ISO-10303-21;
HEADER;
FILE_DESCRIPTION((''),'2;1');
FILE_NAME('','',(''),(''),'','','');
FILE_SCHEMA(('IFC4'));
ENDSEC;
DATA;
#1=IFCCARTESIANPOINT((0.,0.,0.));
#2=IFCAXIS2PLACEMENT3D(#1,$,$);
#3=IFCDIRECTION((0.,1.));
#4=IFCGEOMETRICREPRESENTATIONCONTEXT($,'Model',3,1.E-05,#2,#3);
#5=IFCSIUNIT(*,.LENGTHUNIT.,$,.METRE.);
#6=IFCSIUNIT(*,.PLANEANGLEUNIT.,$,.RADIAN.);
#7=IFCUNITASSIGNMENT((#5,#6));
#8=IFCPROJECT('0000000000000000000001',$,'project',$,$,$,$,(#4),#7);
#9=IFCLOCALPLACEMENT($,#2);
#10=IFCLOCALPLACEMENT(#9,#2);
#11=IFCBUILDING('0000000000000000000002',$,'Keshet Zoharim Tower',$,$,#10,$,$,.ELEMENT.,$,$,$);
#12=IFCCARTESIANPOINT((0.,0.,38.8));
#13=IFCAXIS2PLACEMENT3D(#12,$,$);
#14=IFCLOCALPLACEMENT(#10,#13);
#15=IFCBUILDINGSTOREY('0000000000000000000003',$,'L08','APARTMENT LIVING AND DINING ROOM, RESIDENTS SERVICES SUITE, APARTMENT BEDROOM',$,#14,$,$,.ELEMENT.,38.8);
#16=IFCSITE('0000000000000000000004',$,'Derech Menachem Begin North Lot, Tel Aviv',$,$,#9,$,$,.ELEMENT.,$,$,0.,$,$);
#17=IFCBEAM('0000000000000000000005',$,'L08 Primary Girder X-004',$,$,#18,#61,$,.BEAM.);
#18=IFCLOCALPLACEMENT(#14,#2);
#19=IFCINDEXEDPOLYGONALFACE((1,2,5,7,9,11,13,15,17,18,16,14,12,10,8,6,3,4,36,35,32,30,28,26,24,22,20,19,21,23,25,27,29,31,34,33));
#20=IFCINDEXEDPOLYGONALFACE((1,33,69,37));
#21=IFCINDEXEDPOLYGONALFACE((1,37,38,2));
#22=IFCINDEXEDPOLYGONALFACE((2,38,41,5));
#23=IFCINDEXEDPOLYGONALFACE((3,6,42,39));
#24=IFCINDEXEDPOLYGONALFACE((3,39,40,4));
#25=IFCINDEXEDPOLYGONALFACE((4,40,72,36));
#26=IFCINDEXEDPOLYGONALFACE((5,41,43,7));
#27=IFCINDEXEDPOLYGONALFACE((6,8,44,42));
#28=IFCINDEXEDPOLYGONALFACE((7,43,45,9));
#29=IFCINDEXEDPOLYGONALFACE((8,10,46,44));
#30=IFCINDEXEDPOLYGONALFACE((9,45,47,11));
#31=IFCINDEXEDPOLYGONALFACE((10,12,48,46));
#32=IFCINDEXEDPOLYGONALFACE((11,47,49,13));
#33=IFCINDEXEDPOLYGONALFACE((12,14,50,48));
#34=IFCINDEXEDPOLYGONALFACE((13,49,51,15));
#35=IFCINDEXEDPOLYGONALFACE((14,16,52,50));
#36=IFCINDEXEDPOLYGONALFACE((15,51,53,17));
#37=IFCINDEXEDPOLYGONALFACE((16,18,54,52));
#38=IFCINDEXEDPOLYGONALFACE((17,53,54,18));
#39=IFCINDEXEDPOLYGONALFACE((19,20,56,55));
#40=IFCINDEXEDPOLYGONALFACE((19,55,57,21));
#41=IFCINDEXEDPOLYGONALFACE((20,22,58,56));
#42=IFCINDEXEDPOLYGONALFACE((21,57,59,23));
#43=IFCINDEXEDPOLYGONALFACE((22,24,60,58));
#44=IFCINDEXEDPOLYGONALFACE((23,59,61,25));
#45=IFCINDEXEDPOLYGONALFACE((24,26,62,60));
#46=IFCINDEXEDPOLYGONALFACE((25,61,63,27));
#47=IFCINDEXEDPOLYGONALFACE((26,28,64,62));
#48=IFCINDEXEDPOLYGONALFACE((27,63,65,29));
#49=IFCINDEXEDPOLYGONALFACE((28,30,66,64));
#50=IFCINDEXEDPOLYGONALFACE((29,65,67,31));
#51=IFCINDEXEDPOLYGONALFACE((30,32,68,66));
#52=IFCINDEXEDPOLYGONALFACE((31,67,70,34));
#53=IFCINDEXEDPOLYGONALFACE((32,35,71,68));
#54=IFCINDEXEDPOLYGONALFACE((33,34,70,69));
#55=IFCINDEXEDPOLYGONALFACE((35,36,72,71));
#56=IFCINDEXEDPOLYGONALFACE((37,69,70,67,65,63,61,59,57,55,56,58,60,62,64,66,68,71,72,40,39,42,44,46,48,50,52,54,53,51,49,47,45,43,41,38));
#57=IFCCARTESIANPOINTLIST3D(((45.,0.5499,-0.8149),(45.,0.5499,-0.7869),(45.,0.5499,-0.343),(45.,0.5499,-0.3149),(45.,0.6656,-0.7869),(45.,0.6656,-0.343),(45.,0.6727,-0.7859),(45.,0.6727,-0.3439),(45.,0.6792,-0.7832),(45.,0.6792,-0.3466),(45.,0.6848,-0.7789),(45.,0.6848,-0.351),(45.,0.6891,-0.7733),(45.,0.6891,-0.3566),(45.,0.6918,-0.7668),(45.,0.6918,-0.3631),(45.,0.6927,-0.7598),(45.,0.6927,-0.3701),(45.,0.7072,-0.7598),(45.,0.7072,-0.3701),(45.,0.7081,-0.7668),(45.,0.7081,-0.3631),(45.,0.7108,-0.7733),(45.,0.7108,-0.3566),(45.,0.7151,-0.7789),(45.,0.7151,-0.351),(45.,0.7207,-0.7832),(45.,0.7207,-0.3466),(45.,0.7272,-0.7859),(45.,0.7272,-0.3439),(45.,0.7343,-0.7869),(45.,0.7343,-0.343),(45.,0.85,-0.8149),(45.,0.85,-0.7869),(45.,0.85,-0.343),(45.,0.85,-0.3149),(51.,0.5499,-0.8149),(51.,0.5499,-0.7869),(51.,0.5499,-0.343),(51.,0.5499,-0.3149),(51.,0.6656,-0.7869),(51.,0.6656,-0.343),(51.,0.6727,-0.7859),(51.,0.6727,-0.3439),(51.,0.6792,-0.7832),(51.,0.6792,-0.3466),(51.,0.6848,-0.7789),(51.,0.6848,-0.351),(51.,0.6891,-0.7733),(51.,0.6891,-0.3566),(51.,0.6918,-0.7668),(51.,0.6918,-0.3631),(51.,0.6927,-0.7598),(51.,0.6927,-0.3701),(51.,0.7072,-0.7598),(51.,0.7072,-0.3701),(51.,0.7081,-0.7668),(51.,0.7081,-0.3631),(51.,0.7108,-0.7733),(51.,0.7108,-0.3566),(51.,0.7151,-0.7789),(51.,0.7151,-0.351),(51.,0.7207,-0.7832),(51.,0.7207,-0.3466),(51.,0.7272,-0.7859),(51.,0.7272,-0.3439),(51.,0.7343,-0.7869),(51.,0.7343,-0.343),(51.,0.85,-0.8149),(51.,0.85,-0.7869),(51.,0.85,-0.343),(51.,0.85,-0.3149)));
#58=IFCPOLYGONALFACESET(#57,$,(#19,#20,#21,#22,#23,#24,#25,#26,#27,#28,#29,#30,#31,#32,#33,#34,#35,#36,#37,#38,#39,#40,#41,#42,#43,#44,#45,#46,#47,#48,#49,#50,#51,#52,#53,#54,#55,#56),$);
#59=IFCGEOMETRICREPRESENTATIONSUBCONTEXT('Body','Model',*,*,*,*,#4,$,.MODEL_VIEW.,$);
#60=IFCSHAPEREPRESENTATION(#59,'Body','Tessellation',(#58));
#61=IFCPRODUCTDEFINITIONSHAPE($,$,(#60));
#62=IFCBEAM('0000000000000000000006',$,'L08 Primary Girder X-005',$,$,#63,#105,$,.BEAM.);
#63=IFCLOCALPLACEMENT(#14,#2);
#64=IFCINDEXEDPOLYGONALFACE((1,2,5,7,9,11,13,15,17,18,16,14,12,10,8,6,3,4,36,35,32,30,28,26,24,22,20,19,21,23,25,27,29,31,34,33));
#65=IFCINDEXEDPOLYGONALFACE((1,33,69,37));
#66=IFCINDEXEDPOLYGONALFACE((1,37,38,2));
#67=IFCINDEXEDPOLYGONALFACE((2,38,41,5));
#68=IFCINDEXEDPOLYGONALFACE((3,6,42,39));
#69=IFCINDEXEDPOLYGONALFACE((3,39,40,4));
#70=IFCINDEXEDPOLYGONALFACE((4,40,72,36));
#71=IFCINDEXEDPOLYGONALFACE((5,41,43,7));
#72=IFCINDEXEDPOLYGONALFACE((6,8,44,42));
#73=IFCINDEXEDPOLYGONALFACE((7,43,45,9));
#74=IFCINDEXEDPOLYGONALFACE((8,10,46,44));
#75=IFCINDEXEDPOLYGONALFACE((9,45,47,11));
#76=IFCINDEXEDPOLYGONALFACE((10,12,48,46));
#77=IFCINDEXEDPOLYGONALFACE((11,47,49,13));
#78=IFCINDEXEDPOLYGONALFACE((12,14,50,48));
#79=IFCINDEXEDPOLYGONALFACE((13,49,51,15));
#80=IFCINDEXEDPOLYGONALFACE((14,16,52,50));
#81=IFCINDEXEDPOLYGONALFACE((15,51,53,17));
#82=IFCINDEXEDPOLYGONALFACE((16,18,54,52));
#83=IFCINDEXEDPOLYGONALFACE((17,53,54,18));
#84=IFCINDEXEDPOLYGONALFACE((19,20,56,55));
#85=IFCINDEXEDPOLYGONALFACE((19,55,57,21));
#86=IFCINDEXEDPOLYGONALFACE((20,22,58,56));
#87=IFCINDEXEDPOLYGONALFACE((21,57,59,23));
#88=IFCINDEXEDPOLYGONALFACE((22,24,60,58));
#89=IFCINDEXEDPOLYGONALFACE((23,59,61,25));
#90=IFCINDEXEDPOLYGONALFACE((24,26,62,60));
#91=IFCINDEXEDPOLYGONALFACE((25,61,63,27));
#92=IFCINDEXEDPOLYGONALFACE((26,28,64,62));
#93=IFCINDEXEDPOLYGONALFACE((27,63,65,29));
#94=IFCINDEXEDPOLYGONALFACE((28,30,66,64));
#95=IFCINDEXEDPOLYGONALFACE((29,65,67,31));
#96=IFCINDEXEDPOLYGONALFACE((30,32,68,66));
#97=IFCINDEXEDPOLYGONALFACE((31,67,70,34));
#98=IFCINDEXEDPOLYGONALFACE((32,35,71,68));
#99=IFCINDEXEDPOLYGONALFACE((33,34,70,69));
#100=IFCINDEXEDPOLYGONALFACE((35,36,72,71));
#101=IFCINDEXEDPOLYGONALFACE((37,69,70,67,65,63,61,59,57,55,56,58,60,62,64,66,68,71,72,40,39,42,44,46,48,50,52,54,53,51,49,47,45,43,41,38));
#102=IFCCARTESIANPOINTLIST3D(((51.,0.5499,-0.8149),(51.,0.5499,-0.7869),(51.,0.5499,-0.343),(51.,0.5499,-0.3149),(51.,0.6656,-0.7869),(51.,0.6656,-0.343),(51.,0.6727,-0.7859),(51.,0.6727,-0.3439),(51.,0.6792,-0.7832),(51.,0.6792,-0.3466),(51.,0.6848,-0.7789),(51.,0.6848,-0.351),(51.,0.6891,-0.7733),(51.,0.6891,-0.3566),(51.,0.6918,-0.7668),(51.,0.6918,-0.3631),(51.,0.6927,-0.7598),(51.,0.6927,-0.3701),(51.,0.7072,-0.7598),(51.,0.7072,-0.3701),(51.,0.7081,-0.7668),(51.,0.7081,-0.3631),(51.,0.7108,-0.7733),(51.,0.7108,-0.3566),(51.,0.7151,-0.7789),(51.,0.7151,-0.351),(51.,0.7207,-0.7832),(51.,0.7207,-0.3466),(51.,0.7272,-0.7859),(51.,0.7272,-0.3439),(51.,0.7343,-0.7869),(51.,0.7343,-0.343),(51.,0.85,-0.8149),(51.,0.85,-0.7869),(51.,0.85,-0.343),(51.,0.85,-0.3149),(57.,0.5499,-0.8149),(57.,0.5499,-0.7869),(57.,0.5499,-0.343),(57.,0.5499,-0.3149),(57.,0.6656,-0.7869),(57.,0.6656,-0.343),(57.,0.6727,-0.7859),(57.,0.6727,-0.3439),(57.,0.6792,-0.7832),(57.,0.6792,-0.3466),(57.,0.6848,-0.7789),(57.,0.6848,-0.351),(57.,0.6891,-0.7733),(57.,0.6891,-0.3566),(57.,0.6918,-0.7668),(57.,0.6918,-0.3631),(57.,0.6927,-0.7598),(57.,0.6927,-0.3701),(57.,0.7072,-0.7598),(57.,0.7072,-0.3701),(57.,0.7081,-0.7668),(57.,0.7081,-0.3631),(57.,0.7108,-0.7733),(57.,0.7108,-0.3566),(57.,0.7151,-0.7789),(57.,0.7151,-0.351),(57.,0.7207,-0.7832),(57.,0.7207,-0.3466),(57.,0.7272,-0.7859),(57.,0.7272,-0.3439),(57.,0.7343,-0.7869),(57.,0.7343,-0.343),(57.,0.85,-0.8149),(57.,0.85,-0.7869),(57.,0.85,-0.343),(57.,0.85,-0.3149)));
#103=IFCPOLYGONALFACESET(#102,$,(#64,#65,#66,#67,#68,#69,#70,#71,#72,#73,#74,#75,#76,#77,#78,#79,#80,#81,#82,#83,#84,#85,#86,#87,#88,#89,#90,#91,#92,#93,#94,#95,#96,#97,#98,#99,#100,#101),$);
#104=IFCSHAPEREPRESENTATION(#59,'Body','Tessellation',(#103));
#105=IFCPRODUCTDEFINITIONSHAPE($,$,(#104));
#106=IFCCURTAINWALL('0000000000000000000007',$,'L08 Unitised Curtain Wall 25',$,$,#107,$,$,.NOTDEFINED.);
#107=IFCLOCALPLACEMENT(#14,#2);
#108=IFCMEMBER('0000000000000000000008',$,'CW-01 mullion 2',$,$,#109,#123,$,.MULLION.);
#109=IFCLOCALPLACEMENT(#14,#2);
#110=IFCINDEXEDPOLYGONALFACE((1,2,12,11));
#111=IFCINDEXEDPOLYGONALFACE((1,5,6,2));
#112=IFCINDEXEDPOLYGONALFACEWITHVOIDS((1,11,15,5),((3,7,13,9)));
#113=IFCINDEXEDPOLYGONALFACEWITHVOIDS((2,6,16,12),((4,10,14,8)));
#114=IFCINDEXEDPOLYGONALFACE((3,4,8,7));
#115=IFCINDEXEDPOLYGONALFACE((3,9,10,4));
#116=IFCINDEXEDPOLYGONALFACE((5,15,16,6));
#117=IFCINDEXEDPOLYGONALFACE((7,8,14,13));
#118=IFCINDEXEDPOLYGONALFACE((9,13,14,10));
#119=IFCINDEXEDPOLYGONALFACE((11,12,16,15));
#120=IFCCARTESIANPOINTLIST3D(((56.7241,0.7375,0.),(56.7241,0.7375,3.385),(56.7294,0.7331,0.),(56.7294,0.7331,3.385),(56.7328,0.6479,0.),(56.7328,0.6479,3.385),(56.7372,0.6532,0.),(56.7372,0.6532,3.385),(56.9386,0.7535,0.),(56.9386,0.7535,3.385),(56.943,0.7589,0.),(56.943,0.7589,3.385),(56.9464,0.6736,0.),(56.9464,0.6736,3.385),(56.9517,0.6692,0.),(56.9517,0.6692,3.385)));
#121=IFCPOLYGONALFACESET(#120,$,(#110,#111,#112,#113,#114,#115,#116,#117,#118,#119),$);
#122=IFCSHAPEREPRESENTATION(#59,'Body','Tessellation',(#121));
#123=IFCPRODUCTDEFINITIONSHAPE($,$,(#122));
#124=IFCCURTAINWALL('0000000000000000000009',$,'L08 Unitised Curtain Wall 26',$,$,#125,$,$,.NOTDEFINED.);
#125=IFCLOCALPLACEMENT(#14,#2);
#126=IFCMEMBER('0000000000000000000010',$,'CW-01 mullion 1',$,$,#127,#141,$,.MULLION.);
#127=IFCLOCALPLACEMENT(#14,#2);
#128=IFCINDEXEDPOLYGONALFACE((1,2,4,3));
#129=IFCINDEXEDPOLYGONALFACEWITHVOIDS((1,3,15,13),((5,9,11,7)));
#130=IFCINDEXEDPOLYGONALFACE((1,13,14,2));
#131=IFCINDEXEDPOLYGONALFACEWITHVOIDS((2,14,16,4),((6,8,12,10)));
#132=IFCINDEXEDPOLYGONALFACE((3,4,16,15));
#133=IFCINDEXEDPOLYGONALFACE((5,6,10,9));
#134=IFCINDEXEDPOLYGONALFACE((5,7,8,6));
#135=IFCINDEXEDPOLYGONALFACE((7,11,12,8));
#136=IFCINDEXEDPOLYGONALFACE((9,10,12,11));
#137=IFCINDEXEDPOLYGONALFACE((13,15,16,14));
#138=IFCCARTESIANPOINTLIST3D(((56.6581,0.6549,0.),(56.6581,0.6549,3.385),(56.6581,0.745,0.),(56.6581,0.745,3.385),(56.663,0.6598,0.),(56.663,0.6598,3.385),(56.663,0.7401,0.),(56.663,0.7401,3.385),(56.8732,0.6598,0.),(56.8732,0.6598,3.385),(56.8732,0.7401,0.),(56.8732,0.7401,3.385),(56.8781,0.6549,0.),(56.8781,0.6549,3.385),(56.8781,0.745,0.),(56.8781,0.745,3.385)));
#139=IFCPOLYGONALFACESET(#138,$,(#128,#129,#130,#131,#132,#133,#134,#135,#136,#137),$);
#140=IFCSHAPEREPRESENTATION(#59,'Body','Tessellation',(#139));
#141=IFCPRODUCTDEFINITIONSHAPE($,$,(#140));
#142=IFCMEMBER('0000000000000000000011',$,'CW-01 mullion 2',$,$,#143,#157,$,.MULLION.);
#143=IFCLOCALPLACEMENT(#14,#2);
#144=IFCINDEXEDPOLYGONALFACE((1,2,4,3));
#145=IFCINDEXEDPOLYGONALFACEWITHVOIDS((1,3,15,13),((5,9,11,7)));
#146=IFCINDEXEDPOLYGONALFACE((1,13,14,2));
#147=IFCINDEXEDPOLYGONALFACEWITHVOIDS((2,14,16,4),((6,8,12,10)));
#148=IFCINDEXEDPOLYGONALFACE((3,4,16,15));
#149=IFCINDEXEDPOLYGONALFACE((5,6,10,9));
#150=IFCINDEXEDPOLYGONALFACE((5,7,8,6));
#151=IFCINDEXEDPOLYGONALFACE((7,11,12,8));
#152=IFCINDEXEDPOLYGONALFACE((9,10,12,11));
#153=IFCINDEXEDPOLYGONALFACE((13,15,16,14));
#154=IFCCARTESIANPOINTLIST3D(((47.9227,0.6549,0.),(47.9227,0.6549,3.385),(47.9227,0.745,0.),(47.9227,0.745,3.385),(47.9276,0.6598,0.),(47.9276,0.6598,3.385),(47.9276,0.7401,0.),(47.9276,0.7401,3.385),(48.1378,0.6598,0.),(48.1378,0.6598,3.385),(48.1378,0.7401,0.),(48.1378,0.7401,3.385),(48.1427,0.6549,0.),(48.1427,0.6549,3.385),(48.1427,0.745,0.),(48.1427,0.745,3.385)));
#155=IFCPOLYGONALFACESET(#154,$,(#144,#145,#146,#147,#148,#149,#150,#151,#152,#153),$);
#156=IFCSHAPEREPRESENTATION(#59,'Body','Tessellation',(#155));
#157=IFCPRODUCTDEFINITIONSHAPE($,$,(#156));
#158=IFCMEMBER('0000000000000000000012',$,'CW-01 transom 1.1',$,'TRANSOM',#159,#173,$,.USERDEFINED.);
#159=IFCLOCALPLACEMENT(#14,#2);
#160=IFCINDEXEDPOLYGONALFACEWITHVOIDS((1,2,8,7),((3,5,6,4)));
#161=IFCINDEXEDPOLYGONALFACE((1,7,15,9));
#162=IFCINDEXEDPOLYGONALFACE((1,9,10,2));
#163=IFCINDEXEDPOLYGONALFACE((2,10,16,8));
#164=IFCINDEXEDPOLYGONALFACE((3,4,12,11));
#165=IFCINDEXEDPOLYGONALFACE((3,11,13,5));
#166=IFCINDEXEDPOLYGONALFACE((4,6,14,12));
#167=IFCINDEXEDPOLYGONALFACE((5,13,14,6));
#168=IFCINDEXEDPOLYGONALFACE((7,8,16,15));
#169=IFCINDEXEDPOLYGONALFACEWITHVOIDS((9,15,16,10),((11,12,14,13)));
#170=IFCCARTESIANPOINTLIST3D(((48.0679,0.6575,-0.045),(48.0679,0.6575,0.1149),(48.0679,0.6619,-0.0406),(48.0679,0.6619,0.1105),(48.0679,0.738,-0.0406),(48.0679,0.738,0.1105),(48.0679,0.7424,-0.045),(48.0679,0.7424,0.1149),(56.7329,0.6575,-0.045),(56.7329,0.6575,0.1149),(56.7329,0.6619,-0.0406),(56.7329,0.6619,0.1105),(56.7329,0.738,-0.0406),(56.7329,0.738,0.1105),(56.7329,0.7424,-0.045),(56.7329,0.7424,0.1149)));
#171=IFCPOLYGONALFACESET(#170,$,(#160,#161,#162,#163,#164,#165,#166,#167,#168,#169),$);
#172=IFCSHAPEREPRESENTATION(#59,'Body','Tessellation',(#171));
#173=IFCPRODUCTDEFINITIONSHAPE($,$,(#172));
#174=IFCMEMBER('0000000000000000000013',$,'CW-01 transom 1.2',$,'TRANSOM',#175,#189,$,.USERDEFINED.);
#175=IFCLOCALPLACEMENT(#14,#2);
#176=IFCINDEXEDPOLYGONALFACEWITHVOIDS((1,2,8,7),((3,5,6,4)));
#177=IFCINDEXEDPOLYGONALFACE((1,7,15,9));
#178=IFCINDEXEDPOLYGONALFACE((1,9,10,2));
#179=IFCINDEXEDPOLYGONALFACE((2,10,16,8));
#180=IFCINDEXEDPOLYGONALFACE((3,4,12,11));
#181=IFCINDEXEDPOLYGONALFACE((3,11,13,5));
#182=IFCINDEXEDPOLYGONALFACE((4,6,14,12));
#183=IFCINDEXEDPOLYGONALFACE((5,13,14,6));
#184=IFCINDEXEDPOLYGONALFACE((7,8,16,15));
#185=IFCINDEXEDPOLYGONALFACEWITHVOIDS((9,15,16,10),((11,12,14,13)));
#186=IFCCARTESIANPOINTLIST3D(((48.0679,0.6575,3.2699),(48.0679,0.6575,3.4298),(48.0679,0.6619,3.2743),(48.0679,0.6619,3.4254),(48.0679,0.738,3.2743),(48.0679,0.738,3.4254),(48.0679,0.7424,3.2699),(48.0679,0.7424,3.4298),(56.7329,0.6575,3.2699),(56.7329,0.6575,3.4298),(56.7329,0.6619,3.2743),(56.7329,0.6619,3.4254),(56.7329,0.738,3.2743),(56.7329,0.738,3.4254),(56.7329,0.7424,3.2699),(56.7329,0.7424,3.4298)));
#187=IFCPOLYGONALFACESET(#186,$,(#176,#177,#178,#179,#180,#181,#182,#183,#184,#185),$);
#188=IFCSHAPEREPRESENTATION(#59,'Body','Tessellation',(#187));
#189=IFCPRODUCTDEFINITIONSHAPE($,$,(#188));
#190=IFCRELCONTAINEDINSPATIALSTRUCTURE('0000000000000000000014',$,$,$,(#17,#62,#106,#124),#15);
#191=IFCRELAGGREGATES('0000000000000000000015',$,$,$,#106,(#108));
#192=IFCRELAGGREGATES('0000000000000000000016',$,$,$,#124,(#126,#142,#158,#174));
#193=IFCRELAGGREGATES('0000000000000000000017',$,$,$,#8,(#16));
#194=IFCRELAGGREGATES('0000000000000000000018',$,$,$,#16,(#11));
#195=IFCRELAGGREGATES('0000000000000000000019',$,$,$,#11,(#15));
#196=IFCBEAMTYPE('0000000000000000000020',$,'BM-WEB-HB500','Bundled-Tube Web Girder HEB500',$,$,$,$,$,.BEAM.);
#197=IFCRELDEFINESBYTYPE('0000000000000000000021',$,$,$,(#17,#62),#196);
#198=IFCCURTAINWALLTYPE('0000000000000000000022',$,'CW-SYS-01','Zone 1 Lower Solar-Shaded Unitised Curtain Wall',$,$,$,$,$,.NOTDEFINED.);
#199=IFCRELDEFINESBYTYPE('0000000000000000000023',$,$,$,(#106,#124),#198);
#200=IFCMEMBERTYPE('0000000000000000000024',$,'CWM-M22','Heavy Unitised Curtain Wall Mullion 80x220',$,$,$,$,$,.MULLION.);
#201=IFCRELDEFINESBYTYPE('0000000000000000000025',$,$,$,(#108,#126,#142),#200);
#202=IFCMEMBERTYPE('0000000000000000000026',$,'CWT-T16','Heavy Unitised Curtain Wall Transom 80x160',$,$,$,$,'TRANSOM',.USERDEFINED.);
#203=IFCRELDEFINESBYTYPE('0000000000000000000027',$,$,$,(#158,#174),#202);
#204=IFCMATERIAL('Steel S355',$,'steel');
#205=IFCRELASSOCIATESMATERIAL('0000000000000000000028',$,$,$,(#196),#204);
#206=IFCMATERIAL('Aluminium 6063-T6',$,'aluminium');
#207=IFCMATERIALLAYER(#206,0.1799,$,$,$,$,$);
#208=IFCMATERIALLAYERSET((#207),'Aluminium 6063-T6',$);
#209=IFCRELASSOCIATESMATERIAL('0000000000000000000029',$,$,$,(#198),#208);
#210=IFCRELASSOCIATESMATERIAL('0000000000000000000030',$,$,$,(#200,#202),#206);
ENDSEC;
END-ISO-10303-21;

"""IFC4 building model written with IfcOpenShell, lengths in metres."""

from ifc_helpers import new_model, si_unit, direction, frame, origin, origin_2d, place, context, subcontext, project, spatial, hollow_rectangle, i_section, extrude, material, layer, layer_set, material_profile, profile_set, type_object, element, aggregate, save


model = new_model("IFC4")

# Units and contexts
model_context = context("Model", 3, precision=1e-05, world=origin(), true_north=direction((0.0, 1.0)))
body_context = subcontext(model_context, "Body", "Model", "MODEL_VIEW")
ifc_project = project(units=[si_unit("LENGTHUNIT", "METRE"), si_unit("PLANEANGLEUNIT", "RADIAN")], contexts=[model_context])

# Site, building, storey
site_placement = place(None, origin())
site = spatial("IfcSite", under=ifc_project, at=site_placement, Name="Derech Menachem Begin North Lot, Tel Aviv", CompositionType="ELEMENT", RefElevation=0.0)
building_placement = place(site_placement, origin())
building = spatial("IfcBuilding", under=site, at=building_placement, Name="Keshet Zoharim Tower", CompositionType="ELEMENT")
storey_placement = place(building_placement, frame((0.0, 0.0, 38.8)))
storey = spatial("IfcBuildingStorey", under=building, at=storey_placement, Name="L08", Description="APARTMENT LIVING AND DINING ROOM, RESIDENTS SERVICES SUITE, APARTMENT BEDROOM", CompositionType="ELEMENT", Elevation=38.8)

# Shared definitions
ifc_material_1 = material(Name="Steel S355", Category="steel")

# Beams
ifc_material_profile_1 = material_profile(ifc_material_1, i_section(OverallWidth=0.3, OverallDepth=0.5, WebThickness=0.0144, FlangeThickness=0.0281, FilletRadius=0.0271, at=origin_2d()), Name="HEB500")
ifc_profile_set_1 = profile_set([ifc_material_profile_1], Name="Steel S355")
beam_type_1 = type_object("IfcBeamType", Name="BM-WEB-HB500", Description="Bundled-Tube Web Girder HEB500", PredefinedType="BEAM", material=ifc_profile_set_1)
for number, where, z_axis, x_axis, name in (
    (1, (45.0, 0.7, -0.5649), (1.0, 0.0, 0.0), (0.0, 1.0, 0.0), "L08 Primary Girder X-004"),
    (2, (51.0, 0.7, -0.5649), (1.0, 0.0, 0.0), (0.0, 1.0, 0.0), "L08 Primary Girder X-005"),
):
    element("IfcBeam", number, at=place(storey_placement, frame(where, z_axis=z_axis, x_axis=x_axis)), inside=storey, type_object=beam_type_1, Name=name, PredefinedType="BEAM", context=body_context, shape_type="SweptSolid", body=[
        extrude(i_section(OverallWidth=0.3, OverallDepth=0.5, WebThickness=0.0144, FlangeThickness=0.0281, FilletRadius=0.0271, at=origin_2d()), origin(), (0.0, 0.0, 1.0), 6.0),
    ])

# Curtain wall, member
ifc_material_2 = material(Name="Aluminium 6063-T6", Category="aluminium")
ifc_layer_1 = layer(ifc_material_2, 0.1799)
ifc_layer_set_1 = layer_set([ifc_layer_1], Name="Aluminium 6063-T6")
curtain_wall_type = type_object("IfcCurtainWallType", Name="CW-SYS-01", Description="Zone 1 Lower Solar-Shaded Unitised Curtain Wall", PredefinedType="NOTDEFINED", material=ifc_layer_set_1)
curtain_wall_1_placement = place(storey_placement, origin())
curtain_wall_1 = element("IfcCurtainWall", 3, at=curtain_wall_1_placement, inside=storey, type_object=curtain_wall_type, Name="L08 Unitised Curtain Wall 25", PredefinedType="NOTDEFINED")
ifc_material_profile_2 = material_profile(ifc_material_2, hollow_rectangle(XDim=0.0901, YDim=0.22, WallThickness=0.0049, at=origin_2d()), Name="MUL-90x220")
ifc_profile_set_2 = profile_set([ifc_material_profile_2], Name="Aluminium 6063-T6")
member_type_1 = type_object("IfcMemberType", Name="CWM-M22", Description="Heavy Unitised Curtain Wall Mullion 80x220", PredefinedType="MULLION", material=ifc_profile_set_2)
member_1_placement = place(storey_placement, frame((56.8379, 0.7034, 0.0), z_axis=(0.0, 0.0, 1.0), x_axis=(0.096977, -0.995287, 0.0)))
member_1 = element("IfcMember", 4, at=member_1_placement, type_object=member_type_1, Name="CW-01 mullion 2", PredefinedType="MULLION", context=body_context, shape_type="SweptSolid", body=[
    extrude(hollow_rectangle(XDim=0.0901, YDim=0.22, WallThickness=0.0049, at=origin_2d()), origin(), (0.0, 0.0, 1.0), 3.385),
])
aggregate(curtain_wall_1, [member_1])

# Curtain wall, members
curtain_wall_2_placement = place(storey_placement, origin())
curtain_wall_2 = element("IfcCurtainWall", 5, at=curtain_wall_2_placement, inside=storey, type_object=curtain_wall_type, Name="L08 Unitised Curtain Wall 26", PredefinedType="NOTDEFINED")
member_2_placement = place(storey_placement, frame((56.7681, 0.7, 0.0), z_axis=(0.0, 0.0, 1.0), x_axis=(0.0, -1.0, 0.0)))
member_2 = element("IfcMember", 6, at=member_2_placement, type_object=member_type_1, Name="CW-01 mullion 1", PredefinedType="MULLION", context=body_context, shape_type="SweptSolid", body=[
    extrude(hollow_rectangle(XDim=0.0901, YDim=0.22, WallThickness=0.0049, at=origin_2d()), origin(), (0.0, 0.0, 1.0), 3.385),
])
member_3_placement = place(storey_placement, frame((48.0327, 0.7, 0.0), z_axis=(0.0, 0.0, 1.0), x_axis=(0.0, -1.0, 0.0)))
member_3 = element("IfcMember", 7, at=member_3_placement, type_object=member_type_1, Name="CW-01 mullion 2", PredefinedType="MULLION", context=body_context, shape_type="SweptSolid", body=[
    extrude(hollow_rectangle(XDim=0.0901, YDim=0.22, WallThickness=0.0049, at=origin_2d()), origin(), (0.0, 0.0, 1.0), 3.385),
])
ifc_material_profile_3 = material_profile(ifc_material_2, hollow_rectangle(XDim=0.085, YDim=0.1599, WallThickness=0.0044, at=origin_2d()), Name="TRN-85x160")
ifc_profile_set_3 = profile_set([ifc_material_profile_3], Name="Aluminium 6063-T6")
member_type_2 = type_object("IfcMemberType", Name="CWT-T16", Description="Heavy Unitised Curtain Wall Transom 80x160", ElementType="TRANSOM", PredefinedType="USERDEFINED", material=ifc_profile_set_3)
member_4_placement = place(storey_placement, frame((56.7329, 0.7, 0.0349), z_axis=(-1.0, 0.0, 0.0), x_axis=(0.0, -1.0, 0.0)))
member_4 = element("IfcMember", 8, at=member_4_placement, type_object=member_type_2, Name="CW-01 transom 1.1", ObjectType="TRANSOM", PredefinedType="USERDEFINED", context=body_context, shape_type="SweptSolid", body=[
    extrude(hollow_rectangle(XDim=0.085, YDim=0.1599, WallThickness=0.0044, at=origin_2d()), origin(), (0.0, 0.0, 1.0), 8.665),
])
member_5_placement = place(storey_placement, frame((56.7329, 0.7, 3.3499), z_axis=(-1.0, 0.0, 0.0), x_axis=(0.0, -1.0, 0.0)))
member_5 = element("IfcMember", 9, at=member_5_placement, type_object=member_type_2, Name="CW-01 transom 1.2", ObjectType="TRANSOM", PredefinedType="USERDEFINED", context=body_context, shape_type="SweptSolid", body=[
    extrude(hollow_rectangle(XDim=0.085, YDim=0.1599, WallThickness=0.0044, at=origin_2d()), origin(), (0.0, 0.0, 1.0), 8.665),
])
aggregate(curtain_wall_2, [member_2, member_3, member_4, member_5])

save(model, "model.ifc")
